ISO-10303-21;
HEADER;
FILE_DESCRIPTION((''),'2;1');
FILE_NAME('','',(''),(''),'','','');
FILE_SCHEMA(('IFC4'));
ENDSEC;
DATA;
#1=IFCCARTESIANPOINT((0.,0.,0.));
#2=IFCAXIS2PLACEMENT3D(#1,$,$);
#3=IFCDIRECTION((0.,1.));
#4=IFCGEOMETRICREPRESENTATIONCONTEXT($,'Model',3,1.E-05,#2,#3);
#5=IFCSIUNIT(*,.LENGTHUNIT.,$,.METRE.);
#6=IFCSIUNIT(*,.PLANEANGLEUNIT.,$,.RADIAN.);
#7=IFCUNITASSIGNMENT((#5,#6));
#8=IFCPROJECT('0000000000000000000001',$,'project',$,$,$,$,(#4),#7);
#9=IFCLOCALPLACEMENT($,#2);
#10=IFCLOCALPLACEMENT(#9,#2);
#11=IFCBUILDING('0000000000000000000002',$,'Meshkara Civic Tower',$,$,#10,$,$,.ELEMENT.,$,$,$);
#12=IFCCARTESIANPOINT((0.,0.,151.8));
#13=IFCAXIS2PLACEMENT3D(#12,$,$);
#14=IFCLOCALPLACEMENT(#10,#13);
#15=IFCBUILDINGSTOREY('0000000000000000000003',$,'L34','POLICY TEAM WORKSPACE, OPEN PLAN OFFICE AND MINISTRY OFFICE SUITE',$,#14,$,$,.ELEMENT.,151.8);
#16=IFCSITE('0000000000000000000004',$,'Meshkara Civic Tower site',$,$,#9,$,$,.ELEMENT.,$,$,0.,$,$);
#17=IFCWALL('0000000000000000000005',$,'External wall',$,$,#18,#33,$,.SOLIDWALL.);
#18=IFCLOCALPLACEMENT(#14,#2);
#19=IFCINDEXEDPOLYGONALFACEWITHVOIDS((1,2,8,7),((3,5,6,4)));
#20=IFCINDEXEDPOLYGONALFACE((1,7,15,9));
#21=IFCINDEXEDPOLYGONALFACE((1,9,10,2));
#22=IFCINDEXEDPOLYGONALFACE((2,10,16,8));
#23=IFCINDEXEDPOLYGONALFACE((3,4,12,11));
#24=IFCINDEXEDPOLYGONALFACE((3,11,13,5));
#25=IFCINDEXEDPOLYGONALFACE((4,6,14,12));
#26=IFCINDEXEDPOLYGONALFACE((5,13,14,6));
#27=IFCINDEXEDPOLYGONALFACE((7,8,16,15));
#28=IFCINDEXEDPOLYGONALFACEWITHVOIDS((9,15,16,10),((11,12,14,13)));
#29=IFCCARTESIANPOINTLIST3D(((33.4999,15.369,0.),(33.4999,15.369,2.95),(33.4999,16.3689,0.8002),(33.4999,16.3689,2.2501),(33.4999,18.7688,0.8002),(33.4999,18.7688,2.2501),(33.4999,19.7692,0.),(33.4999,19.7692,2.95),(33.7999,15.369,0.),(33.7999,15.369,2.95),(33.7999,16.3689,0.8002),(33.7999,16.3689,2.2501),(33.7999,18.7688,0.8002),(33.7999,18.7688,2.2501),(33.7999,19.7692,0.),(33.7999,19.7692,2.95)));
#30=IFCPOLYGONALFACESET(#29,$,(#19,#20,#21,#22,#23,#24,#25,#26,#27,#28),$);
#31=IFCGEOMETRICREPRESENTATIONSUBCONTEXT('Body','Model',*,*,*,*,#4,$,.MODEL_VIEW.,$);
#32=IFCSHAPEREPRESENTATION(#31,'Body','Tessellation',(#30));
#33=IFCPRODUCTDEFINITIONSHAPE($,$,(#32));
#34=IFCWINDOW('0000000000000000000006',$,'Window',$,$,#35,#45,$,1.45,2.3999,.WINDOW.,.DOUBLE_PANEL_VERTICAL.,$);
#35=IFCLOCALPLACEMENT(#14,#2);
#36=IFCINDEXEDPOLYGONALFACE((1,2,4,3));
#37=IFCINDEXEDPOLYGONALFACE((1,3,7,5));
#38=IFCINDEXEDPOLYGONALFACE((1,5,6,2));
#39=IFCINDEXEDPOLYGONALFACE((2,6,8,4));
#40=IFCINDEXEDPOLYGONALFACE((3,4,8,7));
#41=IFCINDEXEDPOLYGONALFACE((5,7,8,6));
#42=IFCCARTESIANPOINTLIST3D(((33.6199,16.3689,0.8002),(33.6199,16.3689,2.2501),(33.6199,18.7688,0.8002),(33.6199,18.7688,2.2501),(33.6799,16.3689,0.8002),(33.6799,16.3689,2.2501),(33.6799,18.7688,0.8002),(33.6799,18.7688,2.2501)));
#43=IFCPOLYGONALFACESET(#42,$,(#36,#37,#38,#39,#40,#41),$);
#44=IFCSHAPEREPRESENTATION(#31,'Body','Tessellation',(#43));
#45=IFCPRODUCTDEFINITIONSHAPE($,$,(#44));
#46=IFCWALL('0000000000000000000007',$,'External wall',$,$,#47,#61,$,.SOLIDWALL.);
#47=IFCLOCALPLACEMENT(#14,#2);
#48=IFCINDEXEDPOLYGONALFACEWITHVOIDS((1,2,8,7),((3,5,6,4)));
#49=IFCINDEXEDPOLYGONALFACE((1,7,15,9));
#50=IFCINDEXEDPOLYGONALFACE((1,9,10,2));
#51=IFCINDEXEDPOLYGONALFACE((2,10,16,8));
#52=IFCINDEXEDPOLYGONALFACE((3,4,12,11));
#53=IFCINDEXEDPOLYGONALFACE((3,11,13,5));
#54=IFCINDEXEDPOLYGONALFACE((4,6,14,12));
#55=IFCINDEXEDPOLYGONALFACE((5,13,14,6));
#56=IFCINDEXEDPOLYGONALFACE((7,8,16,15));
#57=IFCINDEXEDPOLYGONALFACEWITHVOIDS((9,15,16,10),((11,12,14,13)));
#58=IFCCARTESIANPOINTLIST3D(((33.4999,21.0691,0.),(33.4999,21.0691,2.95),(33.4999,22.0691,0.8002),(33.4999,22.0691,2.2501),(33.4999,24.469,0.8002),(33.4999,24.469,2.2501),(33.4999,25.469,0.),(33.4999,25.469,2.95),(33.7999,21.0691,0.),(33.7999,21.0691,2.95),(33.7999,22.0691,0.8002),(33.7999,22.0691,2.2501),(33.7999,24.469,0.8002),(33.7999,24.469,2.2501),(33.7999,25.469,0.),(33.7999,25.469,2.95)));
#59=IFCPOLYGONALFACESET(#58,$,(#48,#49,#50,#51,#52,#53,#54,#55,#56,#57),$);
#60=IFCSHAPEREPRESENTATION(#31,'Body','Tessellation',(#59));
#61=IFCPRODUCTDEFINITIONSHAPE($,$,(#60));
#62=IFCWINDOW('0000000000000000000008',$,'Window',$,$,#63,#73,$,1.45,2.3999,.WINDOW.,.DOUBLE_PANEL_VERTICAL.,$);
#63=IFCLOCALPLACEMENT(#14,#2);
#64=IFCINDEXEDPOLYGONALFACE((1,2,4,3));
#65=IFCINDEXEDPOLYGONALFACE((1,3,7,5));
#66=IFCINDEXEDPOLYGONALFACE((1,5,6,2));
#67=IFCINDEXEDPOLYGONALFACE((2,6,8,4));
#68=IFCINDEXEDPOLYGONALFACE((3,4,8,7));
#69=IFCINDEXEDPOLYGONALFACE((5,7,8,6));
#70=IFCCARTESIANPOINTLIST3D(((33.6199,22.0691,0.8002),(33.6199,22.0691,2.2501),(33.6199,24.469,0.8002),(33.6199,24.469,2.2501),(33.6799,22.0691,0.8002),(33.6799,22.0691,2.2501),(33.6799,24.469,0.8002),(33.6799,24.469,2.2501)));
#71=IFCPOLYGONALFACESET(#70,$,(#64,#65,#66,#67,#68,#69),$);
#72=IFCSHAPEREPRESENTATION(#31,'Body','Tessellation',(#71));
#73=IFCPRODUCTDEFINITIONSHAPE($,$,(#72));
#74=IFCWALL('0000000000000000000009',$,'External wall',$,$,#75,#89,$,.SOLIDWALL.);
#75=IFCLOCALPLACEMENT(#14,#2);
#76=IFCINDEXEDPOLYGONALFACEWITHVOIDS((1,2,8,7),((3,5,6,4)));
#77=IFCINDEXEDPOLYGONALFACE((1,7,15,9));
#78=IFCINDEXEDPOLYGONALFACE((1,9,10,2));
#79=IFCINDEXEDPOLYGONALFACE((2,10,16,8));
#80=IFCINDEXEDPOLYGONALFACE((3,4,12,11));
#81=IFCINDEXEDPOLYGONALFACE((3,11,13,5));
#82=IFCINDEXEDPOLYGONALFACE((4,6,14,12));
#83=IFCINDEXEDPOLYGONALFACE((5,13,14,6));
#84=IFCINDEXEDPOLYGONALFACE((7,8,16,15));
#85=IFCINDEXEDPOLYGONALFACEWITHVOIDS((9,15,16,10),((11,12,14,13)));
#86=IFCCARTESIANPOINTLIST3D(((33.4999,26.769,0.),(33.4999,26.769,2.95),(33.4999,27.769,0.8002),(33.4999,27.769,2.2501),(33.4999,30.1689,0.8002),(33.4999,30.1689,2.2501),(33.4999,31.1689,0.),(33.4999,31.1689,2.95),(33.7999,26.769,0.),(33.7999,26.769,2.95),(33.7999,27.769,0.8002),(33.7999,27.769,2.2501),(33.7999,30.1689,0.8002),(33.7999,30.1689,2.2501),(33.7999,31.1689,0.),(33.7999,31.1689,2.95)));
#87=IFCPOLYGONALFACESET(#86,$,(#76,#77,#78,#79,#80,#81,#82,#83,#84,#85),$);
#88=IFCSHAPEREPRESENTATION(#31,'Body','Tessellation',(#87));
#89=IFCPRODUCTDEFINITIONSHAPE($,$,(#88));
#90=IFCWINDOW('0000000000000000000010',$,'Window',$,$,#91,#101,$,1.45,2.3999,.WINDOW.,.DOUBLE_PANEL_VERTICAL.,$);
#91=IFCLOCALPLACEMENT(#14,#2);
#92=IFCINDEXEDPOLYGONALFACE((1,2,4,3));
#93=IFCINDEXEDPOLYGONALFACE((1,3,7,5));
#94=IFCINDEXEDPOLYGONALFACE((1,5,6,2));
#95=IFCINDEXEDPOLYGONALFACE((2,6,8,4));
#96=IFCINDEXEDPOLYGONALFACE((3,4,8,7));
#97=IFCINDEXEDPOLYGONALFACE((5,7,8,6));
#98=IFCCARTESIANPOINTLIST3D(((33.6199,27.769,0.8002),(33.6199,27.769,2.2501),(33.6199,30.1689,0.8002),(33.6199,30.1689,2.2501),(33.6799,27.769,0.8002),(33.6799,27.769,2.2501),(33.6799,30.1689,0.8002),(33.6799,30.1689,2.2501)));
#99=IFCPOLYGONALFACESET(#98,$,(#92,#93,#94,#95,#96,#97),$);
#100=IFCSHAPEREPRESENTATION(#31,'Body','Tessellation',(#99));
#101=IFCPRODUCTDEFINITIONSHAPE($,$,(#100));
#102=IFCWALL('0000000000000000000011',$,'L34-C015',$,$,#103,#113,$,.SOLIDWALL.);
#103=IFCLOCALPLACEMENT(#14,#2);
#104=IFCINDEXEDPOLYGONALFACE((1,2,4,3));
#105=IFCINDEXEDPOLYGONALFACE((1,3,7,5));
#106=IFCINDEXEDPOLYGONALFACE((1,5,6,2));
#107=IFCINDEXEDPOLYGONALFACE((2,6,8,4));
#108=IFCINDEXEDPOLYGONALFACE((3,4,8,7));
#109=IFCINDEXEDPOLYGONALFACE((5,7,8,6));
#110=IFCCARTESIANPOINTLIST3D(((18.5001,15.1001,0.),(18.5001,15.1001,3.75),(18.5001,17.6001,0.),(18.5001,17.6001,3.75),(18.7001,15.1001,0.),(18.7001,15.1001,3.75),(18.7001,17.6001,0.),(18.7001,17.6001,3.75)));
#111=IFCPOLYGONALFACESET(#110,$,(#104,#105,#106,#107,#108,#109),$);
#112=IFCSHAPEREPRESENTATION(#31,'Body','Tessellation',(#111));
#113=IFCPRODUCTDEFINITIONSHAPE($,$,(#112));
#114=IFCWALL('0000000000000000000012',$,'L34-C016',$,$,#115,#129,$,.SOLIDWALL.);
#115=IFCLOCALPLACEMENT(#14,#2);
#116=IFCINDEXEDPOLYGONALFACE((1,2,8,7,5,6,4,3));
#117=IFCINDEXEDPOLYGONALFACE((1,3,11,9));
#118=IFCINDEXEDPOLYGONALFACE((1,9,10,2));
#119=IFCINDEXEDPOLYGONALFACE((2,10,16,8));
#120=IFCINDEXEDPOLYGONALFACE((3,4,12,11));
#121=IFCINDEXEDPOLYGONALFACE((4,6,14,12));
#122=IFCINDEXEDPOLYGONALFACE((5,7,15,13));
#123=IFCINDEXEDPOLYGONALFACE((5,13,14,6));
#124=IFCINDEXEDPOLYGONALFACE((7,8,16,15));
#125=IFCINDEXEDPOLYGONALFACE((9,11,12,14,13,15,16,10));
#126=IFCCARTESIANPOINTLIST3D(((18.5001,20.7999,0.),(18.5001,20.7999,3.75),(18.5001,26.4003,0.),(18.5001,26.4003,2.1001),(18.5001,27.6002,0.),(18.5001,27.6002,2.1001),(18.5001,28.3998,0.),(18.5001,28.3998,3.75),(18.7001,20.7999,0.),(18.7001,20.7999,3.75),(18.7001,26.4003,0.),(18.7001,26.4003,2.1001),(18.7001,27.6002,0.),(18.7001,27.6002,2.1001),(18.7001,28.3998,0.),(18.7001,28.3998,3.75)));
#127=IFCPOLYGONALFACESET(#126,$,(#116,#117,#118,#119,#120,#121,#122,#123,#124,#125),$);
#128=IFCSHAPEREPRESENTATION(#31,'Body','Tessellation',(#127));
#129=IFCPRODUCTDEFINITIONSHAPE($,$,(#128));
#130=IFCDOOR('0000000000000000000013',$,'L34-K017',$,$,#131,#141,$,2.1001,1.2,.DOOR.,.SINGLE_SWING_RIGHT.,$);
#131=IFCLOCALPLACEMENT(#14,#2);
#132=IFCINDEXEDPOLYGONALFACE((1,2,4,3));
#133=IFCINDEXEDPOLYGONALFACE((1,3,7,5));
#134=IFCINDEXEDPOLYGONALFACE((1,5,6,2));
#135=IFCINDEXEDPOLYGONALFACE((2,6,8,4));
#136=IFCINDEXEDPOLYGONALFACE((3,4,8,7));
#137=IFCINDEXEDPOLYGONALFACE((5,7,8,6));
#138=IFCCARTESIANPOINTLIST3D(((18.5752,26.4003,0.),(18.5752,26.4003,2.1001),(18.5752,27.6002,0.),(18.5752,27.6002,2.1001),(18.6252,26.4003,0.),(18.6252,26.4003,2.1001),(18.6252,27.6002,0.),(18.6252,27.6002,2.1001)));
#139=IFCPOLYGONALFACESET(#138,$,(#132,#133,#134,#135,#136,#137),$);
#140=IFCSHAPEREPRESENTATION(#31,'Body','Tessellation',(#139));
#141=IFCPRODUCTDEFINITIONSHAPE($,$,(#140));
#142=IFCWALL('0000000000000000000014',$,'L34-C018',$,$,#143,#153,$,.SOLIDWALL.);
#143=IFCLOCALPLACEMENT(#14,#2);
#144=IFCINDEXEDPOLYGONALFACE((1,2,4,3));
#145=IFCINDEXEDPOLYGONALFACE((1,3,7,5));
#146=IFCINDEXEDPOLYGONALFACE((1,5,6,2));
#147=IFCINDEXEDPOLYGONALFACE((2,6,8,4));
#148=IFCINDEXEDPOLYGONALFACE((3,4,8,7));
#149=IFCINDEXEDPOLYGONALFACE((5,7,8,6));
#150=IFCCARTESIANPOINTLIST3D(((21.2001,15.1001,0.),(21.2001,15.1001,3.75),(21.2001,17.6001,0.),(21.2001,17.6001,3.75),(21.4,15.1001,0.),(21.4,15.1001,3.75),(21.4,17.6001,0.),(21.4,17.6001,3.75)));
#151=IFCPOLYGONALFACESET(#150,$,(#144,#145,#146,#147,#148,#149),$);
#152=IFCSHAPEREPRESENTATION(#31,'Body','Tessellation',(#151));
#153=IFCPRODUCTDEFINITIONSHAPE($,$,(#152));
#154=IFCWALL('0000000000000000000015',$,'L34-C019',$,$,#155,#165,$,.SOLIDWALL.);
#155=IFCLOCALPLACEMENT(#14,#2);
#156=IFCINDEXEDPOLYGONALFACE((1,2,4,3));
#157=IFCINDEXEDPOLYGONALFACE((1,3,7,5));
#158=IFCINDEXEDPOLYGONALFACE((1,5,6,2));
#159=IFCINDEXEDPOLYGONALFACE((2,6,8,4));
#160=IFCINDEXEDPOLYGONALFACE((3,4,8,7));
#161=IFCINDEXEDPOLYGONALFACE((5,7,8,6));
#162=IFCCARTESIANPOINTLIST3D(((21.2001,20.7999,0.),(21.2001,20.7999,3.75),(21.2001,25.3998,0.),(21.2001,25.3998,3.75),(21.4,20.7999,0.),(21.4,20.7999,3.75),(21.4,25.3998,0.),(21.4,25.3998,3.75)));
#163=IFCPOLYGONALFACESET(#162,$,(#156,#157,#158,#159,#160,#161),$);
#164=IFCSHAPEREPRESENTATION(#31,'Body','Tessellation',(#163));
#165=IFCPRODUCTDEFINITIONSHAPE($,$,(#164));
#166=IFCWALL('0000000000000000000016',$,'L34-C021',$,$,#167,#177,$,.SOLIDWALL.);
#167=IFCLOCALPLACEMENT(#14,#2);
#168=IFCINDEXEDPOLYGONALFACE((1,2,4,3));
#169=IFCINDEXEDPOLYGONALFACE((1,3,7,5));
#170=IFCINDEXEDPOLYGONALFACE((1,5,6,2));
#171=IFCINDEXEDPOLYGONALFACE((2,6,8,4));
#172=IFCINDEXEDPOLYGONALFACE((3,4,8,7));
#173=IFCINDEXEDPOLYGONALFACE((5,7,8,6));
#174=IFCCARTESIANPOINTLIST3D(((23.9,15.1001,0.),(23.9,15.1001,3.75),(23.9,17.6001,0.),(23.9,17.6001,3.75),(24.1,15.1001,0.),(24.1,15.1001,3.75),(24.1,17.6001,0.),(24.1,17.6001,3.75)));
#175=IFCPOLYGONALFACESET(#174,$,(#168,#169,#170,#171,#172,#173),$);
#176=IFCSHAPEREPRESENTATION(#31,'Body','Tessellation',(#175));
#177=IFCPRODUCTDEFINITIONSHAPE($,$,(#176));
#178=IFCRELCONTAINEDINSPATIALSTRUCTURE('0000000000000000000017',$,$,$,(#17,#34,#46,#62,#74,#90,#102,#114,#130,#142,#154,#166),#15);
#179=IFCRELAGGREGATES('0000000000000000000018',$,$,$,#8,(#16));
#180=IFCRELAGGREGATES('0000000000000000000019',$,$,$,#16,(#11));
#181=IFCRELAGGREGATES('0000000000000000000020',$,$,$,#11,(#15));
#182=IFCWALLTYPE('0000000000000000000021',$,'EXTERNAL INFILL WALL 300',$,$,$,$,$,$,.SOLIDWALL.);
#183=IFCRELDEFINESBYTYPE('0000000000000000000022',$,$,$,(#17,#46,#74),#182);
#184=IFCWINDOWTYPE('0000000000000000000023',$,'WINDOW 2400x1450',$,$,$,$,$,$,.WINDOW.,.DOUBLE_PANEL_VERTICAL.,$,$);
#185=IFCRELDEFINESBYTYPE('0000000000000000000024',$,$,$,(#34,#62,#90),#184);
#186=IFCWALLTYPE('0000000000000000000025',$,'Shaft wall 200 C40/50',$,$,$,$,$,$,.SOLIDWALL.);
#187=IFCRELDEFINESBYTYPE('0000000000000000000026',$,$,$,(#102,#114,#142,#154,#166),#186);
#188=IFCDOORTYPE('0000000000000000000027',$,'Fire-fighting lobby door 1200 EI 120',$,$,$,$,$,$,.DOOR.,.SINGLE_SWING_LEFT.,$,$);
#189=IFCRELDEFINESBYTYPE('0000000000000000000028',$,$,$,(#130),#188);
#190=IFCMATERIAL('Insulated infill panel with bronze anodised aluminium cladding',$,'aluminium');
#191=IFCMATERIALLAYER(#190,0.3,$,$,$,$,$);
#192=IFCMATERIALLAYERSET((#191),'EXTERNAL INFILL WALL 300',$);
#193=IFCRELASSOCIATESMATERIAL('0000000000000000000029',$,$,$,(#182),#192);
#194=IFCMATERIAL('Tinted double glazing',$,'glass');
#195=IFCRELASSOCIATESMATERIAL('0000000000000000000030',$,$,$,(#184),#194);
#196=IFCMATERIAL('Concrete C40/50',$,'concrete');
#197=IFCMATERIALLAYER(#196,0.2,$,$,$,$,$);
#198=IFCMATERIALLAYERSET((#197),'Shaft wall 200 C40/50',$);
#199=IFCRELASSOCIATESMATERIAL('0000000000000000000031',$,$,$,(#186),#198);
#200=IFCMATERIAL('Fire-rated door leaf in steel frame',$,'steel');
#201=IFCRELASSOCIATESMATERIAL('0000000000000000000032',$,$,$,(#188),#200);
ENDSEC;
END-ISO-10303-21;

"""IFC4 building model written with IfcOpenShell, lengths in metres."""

from ifc_helpers import new_model, si_unit, direction, frame, frame_2d, origin, place, context, subcontext, project, spatial, rectangle, extrude, material, layer, layer_set, type_object, element, fill, save


model = new_model("IFC4")

# Units and contexts
model_context = context("Model", 3, precision=1e-05, world=origin(), true_north=direction((0.0, 1.0)))
body_context = subcontext(model_context, "Body", "Model", "MODEL_VIEW")
ifc_project = project(units=[si_unit("LENGTHUNIT", "METRE"), si_unit("PLANEANGLEUNIT", "RADIAN")], contexts=[model_context])

# Site, building, storey
site_placement = place(None, origin())
site = spatial("IfcSite", under=ifc_project, at=site_placement, Name="Meshkara Civic Tower site", CompositionType="ELEMENT", RefElevation=0.0)
building_placement = place(site_placement, origin())
building = spatial("IfcBuilding", under=site, at=building_placement, Name="Meshkara Civic Tower", CompositionType="ELEMENT")
storey_placement = place(building_placement, frame((0.0, 0.0, 151.8)))
storey = spatial("IfcBuildingStorey", under=building, at=storey_placement, Name="L34", Description="POLICY TEAM WORKSPACE, OPEN PLAN OFFICE AND MINISTRY OFFICE SUITE", CompositionType="ELEMENT", Elevation=151.8)

# Walls, openings, windows
ifc_material_1 = material(Name="Insulated infill panel with bronze anodised aluminium cladding", Category="aluminium")
ifc_layer_1 = layer(ifc_material_1, 0.3)
ifc_layer_set_1 = layer_set([ifc_layer_1], Name="EXTERNAL INFILL WALL 300")
wall_type_1 = type_object("IfcWallType", Name="EXTERNAL INFILL WALL 300", PredefinedType="SOLIDWALL", material=ifc_layer_set_1)
ifc_material_2 = material(Name="Tinted double glazing", Category="glass")
window_type = type_object("IfcWindowType", Name="WINDOW 2400x1450", PartitioningType="DOUBLE_PANEL_VERTICAL", PredefinedType="WINDOW", material=ifc_material_2)
wall_1_placement = place(storey_placement, frame((33.6499, 15.3689, 0.0), z_axis=(0.0, 0.0, 1.0), x_axis=(0.0, 1.0, 0.0)))
wall_1 = element("IfcWall", 1, at=wall_1_placement, inside=storey, type_object=wall_type_1, Name="External wall", PredefinedType="SOLIDWALL", context=body_context, shape_type="SweptSolid", body=[
    extrude(rectangle(XDim=4.4001, YDim=0.3, at=frame_2d((2.2002, 0.0))), origin(), (0.0, 0.0, 1.0), 2.95),
])
opening_1_placement = place(wall_1_placement, frame((1.0, 0.0, 0.8)))
opening_1 = element("IfcOpeningElement", 2, at=opening_1_placement, cuts=wall_1, PredefinedType="OPENING", context=body_context, shape_type="SweptSolid", body=[
    extrude(rectangle(XDim=2.3999, YDim=1.45, at=frame_2d((1.2, 0.7251))), frame((0.0, 0.1599, 0.0), z_axis=(0.0, -1.0, 0.0), x_axis=(1.0, 0.0, 0.0)), (0.0, 0.0, 1.0), 0.3201),
])
window_1_placement = place(opening_1_placement, origin())
window_1 = element("IfcWindow", 3, at=window_1_placement, inside=storey, type_object=window_type, Name="Window", OverallHeight=1.45, OverallWidth=2.3999, PartitioningType="DOUBLE_PANEL_VERTICAL", PredefinedType="WINDOW", context=body_context, shape_type="SweptSolid", body=[
    extrude(rectangle(XDim=2.3999, YDim=1.45, at=frame_2d((1.2, 0.7251))), frame((0.0, 0.03, 0.0), z_axis=(0.0, -1.0, 0.0), x_axis=(1.0, 0.0, 0.0)), (0.0, 0.0, 1.0), 0.0601),
])
fill(opening_1, window_1)
wall_2_placement = place(storey_placement, frame((33.6499, 21.0691, 0.0), z_axis=(0.0, 0.0, 1.0), x_axis=(0.0, 1.0, 0.0)))
wall_2 = element("IfcWall", 4, at=wall_2_placement, inside=storey, type_object=wall_type_1, Name="External wall", PredefinedType="SOLIDWALL", context=body_context, shape_type="SweptSolid", body=[
    extrude(rectangle(XDim=4.3999, YDim=0.3, at=frame_2d((2.2, 0.0))), origin(), (0.0, 0.0, 1.0), 2.95),
])
opening_2_placement = place(wall_2_placement, frame((1.0, 0.0, 0.8)))
opening_2 = element("IfcOpeningElement", 5, at=opening_2_placement, cuts=wall_2, PredefinedType="OPENING", context=body_context, shape_type="SweptSolid", body=[
    extrude(rectangle(XDim=2.3999, YDim=1.45, at=frame_2d((1.2, 0.7251))), frame((0.0, 0.1599, 0.0), z_axis=(0.0, -1.0, 0.0), x_axis=(1.0, 0.0, 0.0)), (0.0, 0.0, 1.0), 0.3201),
])
window_2_placement = place(opening_2_placement, origin())
window_2 = element("IfcWindow", 6, at=window_2_placement, inside=storey, type_object=window_type, Name="Window", OverallHeight=1.45, OverallWidth=2.3999, PartitioningType="DOUBLE_PANEL_VERTICAL", PredefinedType="WINDOW", context=body_context, shape_type="SweptSolid", body=[
    extrude(rectangle(XDim=2.3999, YDim=1.45, at=frame_2d((1.2, 0.7251))), frame((0.0, 0.03, 0.0), z_axis=(0.0, -1.0, 0.0), x_axis=(1.0, 0.0, 0.0)), (0.0, 0.0, 1.0), 0.0601),
])
fill(opening_2, window_2)
wall_3_placement = place(storey_placement, frame((33.6499, 26.769, 0.0), z_axis=(0.0, 0.0, 1.0), x_axis=(0.0, 1.0, 0.0)))
wall_3 = element("IfcWall", 7, at=wall_3_placement, inside=storey, type_object=wall_type_1, Name="External wall", PredefinedType="SOLIDWALL", context=body_context, shape_type="SweptSolid", body=[
    extrude(rectangle(XDim=4.3999, YDim=0.3, at=frame_2d((2.2, 0.0))), origin(), (0.0, 0.0, 1.0), 2.95),
])
opening_3_placement = place(wall_3_placement, frame((1.0, 0.0, 0.8)))
opening_3 = element("IfcOpeningElement", 8, at=opening_3_placement, cuts=wall_3, PredefinedType="OPENING", context=body_context, shape_type="SweptSolid", body=[
    extrude(rectangle(XDim=2.3999, YDim=1.45, at=frame_2d((1.2, 0.7251))), frame((0.0, 0.1599, 0.0), z_axis=(0.0, -1.0, 0.0), x_axis=(1.0, 0.0, 0.0)), (0.0, 0.0, 1.0), 0.3201),
])
window_3_placement = place(opening_3_placement, origin())
window_3 = element("IfcWindow", 9, at=window_3_placement, inside=storey, type_object=window_type, Name="Window", OverallHeight=1.45, OverallWidth=2.3999, PartitioningType="DOUBLE_PANEL_VERTICAL", PredefinedType="WINDOW", context=body_context, shape_type="SweptSolid", body=[
    extrude(rectangle(XDim=2.3999, YDim=1.45, at=frame_2d((1.2, 0.7251))), frame((0.0, 0.03, 0.0), z_axis=(0.0, -1.0, 0.0), x_axis=(1.0, 0.0, 0.0)), (0.0, 0.0, 1.0), 0.0601),
])
fill(opening_3, window_3)

# Wall
ifc_material_3 = material(Name="Concrete C40/50", Category="concrete")
ifc_layer_2 = layer(ifc_material_3, 0.2)
ifc_layer_set_2 = layer_set([ifc_layer_2], Name="Shaft wall 200 C40/50")
wall_type_2 = type_object("IfcWallType", Name="Shaft wall 200 C40/50", PredefinedType="SOLIDWALL", material=ifc_layer_set_2)
wall_4_placement = place(storey_placement, frame((18.6001, 15.1001, 0.0), z_axis=(0.0, 0.0, 1.0), x_axis=(0.0, 1.0, 0.0)))
element("IfcWall", 10, at=wall_4_placement, inside=storey, type_object=wall_type_2, Name="L34-C015", PredefinedType="SOLIDWALL", context=body_context, shape_type="SweptSolid", body=[
    extrude(rectangle(XDim=2.5, YDim=0.2, at=frame_2d((1.25, 0.0))), origin(), (0.0, 0.0, 1.0), 3.75),
])

# Wall, opening, door
wall_5_placement = place(storey_placement, frame((18.6001, 20.8, 0.0), z_axis=(0.0, 0.0, 1.0), x_axis=(0.0, 1.0, 0.0)))
wall_5 = element("IfcWall", 11, at=wall_5_placement, inside=storey, type_object=wall_type_2, Name="L34-C016", PredefinedType="SOLIDWALL", context=body_context, shape_type="SweptSolid", body=[
    extrude(rectangle(XDim=7.5999, YDim=0.2, at=frame_2d((3.7998, 0.0))), origin(), (0.0, 0.0, 1.0), 3.75),
])
opening_4_placement = place(wall_5_placement, frame((5.6001, 0.0, 0.0)))
opening_4 = element("IfcOpeningElement", 12, at=opening_4_placement, cuts=wall_5, PredefinedType="OPENING", context=body_context, shape_type="SweptSolid", body=[
    extrude(rectangle(XDim=1.2, YDim=2.1001, at=frame_2d((0.6001, 1.05))), frame((0.0, 0.1099, 0.0), z_axis=(0.0, -1.0, 0.0), x_axis=(1.0, 0.0, 0.0)), (0.0, 0.0, 1.0), 0.22),
])
ifc_material_4 = material(Name="Fire-rated door leaf in steel frame", Category="steel")
door_type_1 = type_object("IfcDoorType", Name="Fire-fighting lobby door 1200 EI 120", OperationType="SINGLE_SWING_LEFT", PredefinedType="DOOR", material=ifc_material_4)
door_1_placement = place(opening_4_placement, origin())
door_1 = element("IfcDoor", 13, at=door_1_placement, inside=storey, type_object=door_type_1, Name="L34-K017", OperationType="SINGLE_SWING_RIGHT", OverallHeight=2.1001, OverallWidth=1.2, PredefinedType="DOOR", context=body_context, shape_type="SweptSolid", body=[
    extrude(rectangle(XDim=1.2, YDim=2.1001, at=frame_2d((0.6001, 1.05))), frame((0.0, 0.0249, 0.0), z_axis=(0.0, -1.0, 0.0), x_axis=(1.0, 0.0, 0.0)), (0.0, 0.0, 1.0), 0.05),
])
fill(opening_4, door_1)

# Walls
wall_6_placement = place(storey_placement, frame((21.3, 15.1001, 0.0), z_axis=(0.0, 0.0, 1.0), x_axis=(0.0, 1.0, 0.0)))
element("IfcWall", 14, at=wall_6_placement, inside=storey, type_object=wall_type_2, Name="L34-C018", PredefinedType="SOLIDWALL", context=body_context, shape_type="SweptSolid", body=[
    extrude(rectangle(XDim=2.5, YDim=0.2, at=frame_2d((1.25, 0.0))), origin(), (0.0, 0.0, 1.0), 3.75),
])
wall_7_placement = place(storey_placement, frame((21.3, 20.8, 0.0), z_axis=(0.0, 0.0, 1.0), x_axis=(0.0, 1.0, 0.0)))
element("IfcWall", 15, at=wall_7_placement, inside=storey, type_object=wall_type_2, Name="L34-C019", PredefinedType="SOLIDWALL", context=body_context, shape_type="SweptSolid", body=[
    extrude(rectangle(XDim=4.5999, YDim=0.2, at=frame_2d((2.2998, 0.0))), origin(), (0.0, 0.0, 1.0), 3.75),
])
wall_8_placement = place(storey_placement, frame((24.0, 15.1001, 0.0), z_axis=(0.0, 0.0, 1.0), x_axis=(0.0, 1.0, 0.0)))
element("IfcWall", 16, at=wall_8_placement, inside=storey, type_object=wall_type_2, Name="L34-C021", PredefinedType="SOLIDWALL", context=body_context, shape_type="SweptSolid", body=[
    extrude(rectangle(XDim=2.5, YDim=0.2, at=frame_2d((1.25, 0.0))), origin(), (0.0, 0.0, 1.0), 3.75),
])

save(model, "model.ifc")
